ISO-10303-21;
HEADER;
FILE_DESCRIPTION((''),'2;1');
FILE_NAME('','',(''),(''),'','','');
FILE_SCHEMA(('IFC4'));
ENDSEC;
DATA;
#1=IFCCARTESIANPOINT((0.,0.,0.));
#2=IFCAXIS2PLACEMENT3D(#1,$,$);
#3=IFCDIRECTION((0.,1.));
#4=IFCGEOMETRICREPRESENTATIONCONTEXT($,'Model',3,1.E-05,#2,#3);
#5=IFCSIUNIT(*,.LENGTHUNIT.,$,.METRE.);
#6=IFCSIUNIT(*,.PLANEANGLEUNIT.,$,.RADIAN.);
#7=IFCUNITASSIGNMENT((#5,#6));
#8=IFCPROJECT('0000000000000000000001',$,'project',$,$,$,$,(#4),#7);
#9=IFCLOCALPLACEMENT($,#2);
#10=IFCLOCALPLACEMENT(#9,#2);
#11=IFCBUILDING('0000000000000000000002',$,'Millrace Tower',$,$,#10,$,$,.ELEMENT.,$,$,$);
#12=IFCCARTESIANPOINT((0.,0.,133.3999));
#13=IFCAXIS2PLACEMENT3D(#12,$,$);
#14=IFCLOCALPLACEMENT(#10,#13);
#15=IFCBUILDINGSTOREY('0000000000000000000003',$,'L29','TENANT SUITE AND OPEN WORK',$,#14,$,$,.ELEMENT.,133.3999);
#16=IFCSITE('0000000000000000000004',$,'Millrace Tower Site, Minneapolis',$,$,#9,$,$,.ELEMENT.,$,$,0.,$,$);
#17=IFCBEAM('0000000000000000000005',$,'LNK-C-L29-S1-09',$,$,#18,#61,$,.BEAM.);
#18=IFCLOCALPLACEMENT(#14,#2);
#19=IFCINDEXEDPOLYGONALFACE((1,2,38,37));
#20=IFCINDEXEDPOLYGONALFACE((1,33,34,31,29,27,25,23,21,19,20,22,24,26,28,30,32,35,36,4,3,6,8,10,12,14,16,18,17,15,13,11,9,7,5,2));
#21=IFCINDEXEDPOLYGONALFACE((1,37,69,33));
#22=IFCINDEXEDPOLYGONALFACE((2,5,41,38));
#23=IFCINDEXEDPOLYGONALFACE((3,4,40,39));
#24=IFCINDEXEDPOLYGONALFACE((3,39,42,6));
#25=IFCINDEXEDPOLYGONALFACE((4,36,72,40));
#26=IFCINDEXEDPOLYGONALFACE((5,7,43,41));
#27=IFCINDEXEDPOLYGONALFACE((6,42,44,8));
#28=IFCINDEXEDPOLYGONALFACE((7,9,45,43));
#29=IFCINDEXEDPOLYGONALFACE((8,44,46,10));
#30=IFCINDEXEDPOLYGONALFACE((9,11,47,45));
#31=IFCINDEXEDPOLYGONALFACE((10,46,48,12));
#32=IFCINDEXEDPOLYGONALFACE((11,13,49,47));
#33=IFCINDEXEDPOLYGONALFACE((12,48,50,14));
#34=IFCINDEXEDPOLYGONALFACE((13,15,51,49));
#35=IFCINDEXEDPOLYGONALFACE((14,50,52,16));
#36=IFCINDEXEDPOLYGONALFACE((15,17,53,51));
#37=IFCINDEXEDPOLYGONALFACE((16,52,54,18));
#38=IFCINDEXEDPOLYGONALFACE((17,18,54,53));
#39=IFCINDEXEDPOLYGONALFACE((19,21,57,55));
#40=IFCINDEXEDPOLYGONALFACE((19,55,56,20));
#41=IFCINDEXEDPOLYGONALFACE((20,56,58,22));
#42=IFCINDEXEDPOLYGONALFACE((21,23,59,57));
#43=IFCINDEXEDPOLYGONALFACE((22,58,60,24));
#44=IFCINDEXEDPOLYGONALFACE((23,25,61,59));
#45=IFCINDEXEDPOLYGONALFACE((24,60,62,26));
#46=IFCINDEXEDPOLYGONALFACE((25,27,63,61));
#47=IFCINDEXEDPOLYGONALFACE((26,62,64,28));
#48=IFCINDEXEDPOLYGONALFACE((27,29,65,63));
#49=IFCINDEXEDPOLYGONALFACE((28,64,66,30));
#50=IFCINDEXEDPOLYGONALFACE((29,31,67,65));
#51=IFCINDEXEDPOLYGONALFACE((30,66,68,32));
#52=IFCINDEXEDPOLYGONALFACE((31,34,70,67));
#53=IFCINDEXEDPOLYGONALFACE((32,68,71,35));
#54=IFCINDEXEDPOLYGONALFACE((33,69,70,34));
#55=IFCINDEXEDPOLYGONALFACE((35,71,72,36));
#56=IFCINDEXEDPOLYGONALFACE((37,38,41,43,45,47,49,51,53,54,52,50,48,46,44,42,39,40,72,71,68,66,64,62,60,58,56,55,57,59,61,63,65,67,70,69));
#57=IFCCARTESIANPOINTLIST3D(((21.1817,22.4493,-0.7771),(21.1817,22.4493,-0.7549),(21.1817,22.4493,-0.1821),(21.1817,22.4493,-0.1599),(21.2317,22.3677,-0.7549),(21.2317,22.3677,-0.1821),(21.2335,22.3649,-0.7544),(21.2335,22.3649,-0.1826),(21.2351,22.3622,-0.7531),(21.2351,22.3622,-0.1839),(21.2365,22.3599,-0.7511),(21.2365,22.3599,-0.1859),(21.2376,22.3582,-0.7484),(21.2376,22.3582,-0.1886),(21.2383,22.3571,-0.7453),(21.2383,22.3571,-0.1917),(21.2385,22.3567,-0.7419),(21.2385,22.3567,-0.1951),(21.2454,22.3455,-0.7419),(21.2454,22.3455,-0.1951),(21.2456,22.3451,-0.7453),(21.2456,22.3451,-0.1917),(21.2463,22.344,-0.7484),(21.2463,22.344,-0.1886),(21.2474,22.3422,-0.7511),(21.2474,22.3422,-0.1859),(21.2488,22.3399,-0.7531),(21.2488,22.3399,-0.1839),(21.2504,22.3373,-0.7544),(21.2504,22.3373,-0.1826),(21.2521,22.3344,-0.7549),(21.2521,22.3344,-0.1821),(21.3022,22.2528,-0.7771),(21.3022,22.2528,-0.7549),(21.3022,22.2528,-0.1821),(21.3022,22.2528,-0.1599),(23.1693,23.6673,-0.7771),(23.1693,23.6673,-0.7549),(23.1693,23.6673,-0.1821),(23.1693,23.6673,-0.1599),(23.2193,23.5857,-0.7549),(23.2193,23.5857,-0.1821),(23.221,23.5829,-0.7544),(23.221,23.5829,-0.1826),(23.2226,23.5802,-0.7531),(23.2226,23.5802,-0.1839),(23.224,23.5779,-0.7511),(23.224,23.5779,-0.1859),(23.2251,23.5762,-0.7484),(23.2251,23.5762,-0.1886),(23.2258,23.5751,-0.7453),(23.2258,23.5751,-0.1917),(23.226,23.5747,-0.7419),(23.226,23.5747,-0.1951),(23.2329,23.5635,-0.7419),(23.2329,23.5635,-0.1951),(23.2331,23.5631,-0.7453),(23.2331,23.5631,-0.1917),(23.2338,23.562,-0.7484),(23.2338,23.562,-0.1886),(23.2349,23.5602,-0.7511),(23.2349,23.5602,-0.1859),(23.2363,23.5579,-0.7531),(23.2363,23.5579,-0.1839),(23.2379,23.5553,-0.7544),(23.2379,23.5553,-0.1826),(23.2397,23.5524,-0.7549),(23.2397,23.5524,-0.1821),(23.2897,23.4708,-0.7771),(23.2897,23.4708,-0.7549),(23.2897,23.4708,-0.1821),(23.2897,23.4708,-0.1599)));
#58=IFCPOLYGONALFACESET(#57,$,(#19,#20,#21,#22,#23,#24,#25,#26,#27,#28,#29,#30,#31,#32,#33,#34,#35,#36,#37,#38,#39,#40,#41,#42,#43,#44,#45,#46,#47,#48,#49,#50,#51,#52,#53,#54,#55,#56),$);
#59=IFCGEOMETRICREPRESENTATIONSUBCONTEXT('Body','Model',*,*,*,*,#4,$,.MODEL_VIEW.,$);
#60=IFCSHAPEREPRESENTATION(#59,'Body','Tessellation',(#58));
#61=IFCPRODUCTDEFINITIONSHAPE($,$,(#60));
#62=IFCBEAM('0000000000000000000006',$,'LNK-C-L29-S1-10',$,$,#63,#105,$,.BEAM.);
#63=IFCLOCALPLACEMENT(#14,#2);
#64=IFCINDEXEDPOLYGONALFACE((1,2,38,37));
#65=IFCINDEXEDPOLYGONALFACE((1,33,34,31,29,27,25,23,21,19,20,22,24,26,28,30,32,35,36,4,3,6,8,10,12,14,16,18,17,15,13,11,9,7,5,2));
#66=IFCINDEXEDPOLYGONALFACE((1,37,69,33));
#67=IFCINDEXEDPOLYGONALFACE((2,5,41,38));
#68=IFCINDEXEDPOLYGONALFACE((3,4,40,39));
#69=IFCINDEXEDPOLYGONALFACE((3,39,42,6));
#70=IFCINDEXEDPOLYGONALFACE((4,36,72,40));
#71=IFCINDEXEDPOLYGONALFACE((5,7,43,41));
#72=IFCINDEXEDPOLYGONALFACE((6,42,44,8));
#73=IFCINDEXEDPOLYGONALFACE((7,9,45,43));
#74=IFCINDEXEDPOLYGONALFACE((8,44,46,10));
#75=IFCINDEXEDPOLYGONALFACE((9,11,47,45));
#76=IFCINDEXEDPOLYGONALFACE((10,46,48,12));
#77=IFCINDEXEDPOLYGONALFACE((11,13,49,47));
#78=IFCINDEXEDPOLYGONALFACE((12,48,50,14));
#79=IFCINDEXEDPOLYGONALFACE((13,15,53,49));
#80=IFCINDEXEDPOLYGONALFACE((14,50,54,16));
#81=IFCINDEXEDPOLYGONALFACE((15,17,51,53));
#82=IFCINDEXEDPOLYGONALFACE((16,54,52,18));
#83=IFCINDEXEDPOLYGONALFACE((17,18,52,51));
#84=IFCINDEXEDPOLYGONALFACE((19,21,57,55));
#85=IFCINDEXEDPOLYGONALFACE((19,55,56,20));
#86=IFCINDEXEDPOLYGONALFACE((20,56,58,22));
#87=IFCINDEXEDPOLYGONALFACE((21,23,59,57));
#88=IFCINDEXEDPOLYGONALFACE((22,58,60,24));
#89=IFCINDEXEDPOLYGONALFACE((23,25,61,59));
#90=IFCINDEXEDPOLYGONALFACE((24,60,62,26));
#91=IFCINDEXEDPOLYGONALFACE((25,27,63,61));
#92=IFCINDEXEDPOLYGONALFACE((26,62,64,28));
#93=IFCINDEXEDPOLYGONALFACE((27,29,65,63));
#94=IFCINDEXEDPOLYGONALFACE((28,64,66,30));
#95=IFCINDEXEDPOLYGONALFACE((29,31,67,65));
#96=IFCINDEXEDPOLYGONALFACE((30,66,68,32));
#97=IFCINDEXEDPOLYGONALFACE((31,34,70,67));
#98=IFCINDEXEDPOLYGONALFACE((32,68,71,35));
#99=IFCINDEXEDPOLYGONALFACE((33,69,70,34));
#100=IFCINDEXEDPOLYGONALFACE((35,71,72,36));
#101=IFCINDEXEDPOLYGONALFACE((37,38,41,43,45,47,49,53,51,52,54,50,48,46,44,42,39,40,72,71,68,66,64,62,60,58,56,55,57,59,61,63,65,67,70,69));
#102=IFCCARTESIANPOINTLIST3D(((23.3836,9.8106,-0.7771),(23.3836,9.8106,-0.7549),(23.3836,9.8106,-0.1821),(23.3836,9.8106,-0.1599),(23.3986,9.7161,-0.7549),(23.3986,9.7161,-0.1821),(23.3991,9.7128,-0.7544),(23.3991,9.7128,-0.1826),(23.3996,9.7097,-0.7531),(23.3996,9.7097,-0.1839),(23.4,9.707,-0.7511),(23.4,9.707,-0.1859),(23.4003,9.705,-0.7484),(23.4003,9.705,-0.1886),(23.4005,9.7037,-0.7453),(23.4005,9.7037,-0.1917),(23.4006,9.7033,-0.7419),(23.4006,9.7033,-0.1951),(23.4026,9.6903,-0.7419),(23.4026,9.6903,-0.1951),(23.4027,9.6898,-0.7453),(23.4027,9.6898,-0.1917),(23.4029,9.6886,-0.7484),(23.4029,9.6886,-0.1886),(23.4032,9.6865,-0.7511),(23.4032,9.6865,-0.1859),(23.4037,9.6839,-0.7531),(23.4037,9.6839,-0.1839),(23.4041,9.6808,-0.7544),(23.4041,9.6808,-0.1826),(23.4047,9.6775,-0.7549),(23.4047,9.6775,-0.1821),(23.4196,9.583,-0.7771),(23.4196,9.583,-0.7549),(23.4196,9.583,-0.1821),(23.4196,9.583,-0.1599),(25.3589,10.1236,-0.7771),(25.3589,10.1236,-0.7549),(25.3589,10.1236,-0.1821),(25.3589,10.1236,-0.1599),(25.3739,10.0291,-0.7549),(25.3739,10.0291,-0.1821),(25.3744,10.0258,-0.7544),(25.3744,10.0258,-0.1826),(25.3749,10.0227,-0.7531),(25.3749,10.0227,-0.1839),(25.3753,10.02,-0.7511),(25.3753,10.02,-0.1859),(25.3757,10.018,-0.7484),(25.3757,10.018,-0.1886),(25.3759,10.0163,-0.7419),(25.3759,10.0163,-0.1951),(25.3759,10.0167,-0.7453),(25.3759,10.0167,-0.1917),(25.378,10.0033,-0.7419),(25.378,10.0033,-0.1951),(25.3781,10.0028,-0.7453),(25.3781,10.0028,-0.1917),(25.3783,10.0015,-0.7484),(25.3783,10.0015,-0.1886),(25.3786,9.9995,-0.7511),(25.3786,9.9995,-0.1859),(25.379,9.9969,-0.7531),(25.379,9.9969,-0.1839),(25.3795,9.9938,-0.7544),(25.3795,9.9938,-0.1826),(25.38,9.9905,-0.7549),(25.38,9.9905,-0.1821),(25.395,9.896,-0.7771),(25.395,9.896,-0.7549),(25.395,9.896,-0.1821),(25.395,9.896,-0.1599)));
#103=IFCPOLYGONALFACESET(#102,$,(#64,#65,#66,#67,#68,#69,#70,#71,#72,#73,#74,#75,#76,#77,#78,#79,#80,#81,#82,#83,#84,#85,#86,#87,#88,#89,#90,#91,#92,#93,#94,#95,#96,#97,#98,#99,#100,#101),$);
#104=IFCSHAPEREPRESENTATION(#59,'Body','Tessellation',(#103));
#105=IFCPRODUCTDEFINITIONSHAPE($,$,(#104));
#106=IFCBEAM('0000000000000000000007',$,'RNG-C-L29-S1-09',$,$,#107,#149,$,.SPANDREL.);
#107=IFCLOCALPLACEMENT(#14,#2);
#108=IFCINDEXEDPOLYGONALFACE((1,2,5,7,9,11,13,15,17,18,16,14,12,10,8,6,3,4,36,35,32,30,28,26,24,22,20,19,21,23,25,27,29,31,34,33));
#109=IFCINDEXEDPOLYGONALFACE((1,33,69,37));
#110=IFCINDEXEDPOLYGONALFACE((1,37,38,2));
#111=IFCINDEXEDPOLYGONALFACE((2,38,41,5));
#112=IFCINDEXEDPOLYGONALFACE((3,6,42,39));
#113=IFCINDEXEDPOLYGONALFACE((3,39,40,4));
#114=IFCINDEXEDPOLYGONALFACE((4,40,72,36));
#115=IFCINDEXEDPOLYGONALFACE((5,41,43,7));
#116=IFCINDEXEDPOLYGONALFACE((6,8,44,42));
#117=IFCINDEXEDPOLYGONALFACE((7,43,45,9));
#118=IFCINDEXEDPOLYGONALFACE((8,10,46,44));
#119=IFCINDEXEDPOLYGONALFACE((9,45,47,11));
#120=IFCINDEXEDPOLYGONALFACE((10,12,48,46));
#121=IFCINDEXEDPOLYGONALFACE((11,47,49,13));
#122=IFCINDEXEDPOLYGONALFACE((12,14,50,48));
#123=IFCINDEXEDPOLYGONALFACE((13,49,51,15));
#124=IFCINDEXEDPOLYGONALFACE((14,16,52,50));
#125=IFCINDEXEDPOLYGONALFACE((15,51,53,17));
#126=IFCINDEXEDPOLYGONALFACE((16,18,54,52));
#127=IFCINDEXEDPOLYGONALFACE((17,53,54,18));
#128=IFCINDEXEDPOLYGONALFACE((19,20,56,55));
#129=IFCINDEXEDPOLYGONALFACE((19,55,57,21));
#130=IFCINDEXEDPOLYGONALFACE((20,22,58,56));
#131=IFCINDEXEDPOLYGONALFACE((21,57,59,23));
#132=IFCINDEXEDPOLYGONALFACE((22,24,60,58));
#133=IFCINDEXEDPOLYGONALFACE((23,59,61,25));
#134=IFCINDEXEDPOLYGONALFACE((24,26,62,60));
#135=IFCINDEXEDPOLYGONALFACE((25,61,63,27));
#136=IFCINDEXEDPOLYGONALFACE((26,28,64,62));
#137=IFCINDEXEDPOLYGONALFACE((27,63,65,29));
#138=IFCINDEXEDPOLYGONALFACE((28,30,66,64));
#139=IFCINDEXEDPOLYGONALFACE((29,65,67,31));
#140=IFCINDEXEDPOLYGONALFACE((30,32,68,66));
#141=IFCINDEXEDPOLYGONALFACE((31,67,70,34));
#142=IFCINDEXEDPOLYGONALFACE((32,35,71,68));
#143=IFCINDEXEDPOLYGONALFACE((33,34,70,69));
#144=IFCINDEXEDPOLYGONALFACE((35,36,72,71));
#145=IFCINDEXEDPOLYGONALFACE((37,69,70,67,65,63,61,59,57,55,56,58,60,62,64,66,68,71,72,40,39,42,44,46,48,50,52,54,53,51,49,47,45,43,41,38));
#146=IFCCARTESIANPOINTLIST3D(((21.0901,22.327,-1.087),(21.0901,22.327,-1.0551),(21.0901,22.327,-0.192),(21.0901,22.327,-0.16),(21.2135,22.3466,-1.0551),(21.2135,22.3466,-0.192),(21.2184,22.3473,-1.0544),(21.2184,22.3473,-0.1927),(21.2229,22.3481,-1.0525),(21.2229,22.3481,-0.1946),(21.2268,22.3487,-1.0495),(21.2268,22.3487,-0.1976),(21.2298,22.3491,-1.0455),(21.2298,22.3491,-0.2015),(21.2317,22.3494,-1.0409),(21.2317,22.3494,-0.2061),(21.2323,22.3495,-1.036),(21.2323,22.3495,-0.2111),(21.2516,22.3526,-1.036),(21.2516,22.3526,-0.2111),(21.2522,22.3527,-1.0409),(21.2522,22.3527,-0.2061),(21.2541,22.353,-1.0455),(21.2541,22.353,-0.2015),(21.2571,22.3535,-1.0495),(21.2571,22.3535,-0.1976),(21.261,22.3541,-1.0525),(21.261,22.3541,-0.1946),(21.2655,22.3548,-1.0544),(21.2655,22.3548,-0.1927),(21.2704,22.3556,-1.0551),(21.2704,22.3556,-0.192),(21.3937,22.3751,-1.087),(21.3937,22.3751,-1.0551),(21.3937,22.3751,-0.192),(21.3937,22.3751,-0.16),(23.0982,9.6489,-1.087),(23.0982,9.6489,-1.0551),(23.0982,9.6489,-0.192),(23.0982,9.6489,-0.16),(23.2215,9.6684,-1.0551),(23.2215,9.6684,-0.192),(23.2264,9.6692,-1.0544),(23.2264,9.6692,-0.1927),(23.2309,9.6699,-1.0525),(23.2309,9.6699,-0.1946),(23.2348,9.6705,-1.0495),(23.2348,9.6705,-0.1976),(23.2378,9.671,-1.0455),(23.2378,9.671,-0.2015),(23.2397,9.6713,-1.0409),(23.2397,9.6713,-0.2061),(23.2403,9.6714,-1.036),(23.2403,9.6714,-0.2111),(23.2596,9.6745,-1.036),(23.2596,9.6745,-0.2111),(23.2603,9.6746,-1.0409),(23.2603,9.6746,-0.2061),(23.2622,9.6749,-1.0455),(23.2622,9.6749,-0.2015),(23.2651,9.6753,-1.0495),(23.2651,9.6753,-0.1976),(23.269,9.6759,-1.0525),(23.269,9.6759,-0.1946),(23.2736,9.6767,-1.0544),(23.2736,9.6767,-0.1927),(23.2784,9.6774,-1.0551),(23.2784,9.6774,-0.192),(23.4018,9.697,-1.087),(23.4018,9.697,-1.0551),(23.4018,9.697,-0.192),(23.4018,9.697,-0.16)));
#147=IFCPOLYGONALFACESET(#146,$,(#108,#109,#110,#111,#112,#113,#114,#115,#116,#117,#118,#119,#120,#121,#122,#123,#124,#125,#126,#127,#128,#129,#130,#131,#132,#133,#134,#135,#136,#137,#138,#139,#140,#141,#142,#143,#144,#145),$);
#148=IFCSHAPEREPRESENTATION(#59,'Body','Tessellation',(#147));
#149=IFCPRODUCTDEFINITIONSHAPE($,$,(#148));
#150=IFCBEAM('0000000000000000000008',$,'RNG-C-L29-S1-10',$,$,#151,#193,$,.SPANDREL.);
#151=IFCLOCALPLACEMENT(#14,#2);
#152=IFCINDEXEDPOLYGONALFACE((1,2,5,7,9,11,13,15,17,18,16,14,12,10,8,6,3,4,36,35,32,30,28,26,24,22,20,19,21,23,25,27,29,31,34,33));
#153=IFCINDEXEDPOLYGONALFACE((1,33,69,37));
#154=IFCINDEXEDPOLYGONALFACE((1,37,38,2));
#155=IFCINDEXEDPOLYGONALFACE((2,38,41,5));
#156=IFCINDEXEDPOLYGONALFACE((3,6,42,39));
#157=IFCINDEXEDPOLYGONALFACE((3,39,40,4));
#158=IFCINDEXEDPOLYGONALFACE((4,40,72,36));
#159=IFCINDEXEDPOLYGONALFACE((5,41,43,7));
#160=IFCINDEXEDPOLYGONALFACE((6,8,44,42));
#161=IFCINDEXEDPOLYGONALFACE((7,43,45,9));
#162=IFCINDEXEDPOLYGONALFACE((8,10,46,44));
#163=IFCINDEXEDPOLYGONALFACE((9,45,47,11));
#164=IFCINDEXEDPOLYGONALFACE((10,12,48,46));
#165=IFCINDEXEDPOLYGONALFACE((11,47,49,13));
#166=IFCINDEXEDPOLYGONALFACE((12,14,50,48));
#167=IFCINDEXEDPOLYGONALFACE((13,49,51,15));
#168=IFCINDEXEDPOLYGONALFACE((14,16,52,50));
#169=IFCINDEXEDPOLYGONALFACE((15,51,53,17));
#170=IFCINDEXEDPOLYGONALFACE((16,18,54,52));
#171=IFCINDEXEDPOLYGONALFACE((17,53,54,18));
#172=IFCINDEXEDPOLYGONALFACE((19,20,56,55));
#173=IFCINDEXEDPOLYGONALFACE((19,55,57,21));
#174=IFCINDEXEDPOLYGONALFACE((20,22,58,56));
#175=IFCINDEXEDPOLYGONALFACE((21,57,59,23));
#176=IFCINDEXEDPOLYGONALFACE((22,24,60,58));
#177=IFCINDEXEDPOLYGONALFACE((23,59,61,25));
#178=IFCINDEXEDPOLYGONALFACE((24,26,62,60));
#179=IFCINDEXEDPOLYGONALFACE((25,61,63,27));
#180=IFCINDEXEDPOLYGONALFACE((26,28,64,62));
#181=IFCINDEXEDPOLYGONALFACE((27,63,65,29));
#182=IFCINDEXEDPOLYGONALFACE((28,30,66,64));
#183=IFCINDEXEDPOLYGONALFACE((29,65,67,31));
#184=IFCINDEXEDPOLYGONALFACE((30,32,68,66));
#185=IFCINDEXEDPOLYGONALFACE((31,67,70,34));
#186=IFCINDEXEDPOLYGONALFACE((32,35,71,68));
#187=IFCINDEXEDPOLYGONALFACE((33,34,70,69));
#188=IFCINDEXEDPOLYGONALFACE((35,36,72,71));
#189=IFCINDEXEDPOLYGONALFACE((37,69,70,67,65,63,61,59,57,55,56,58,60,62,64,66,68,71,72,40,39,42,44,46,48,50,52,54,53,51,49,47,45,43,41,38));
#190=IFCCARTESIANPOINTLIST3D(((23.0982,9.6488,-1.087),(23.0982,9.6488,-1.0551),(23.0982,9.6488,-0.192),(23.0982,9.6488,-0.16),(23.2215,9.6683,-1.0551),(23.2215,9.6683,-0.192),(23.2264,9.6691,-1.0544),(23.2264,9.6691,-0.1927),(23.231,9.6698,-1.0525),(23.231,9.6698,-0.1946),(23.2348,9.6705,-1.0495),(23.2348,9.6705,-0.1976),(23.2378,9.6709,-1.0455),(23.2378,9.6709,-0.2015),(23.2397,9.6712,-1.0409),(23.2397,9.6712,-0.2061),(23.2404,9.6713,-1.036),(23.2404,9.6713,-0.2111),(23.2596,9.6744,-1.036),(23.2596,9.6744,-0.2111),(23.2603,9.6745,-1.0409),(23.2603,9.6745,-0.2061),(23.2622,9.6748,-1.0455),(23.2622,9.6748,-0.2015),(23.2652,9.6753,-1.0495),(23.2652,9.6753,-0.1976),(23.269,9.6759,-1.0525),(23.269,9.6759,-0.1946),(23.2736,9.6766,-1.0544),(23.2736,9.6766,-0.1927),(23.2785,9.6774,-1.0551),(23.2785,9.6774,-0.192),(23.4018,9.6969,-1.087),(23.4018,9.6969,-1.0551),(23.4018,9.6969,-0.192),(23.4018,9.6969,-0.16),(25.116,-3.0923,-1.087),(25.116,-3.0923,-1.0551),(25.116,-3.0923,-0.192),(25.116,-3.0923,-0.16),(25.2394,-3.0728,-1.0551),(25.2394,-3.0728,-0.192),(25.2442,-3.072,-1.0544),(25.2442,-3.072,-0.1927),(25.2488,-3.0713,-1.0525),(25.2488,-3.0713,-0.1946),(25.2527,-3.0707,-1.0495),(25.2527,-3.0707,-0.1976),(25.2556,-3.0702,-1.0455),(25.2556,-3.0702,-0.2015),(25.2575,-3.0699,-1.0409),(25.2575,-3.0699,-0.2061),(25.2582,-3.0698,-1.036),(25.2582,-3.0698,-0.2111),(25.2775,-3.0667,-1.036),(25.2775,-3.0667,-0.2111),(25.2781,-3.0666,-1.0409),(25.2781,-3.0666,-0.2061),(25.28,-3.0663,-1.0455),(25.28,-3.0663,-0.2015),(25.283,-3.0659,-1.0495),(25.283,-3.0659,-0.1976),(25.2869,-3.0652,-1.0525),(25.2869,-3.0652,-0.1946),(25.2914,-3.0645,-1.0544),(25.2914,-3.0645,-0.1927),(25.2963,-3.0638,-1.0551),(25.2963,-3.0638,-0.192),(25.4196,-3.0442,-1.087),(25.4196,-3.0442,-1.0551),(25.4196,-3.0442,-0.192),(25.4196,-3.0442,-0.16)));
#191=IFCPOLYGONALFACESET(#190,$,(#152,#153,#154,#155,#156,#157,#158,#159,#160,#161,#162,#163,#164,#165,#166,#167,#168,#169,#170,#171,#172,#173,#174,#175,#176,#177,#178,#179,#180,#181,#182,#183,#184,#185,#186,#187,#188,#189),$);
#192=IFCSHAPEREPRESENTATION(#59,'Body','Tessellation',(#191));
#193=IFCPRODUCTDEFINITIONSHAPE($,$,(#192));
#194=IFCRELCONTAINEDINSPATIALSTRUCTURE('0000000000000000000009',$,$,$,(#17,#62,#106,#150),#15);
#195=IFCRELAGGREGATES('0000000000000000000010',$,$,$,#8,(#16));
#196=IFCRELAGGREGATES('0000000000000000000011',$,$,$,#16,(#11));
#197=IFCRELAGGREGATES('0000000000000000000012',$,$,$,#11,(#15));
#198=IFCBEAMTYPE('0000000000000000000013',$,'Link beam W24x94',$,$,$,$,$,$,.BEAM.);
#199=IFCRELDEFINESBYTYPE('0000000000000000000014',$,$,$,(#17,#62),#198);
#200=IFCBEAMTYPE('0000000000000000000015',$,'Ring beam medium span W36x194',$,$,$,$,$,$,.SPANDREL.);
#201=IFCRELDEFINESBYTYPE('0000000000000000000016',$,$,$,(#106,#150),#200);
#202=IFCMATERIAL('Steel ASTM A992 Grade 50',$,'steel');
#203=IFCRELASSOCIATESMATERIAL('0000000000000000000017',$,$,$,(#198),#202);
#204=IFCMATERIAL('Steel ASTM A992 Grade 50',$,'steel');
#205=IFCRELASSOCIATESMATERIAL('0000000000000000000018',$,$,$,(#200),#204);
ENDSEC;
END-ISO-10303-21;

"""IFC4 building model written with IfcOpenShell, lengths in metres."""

from ifc_helpers import new_model, si_unit, direction, frame, origin, origin_2d, place, context, subcontext, project, spatial, i_section, extrude, material, material_profile, profile_set, type_object, element, save


model = new_model("IFC4")

# Units and contexts
model_context = context("Model", 3, precision=1e-05, world=origin(), true_north=direction((0.0, 1.0)))
body_context = subcontext(model_context, "Body", "Model", "MODEL_VIEW")
ifc_project = project(units=[si_unit("LENGTHUNIT", "METRE"), si_unit("PLANEANGLEUNIT", "RADIAN")], contexts=[model_context])

# Site, building, storey
site_placement = place(None, origin())
site = spatial("IfcSite", under=ifc_project, at=site_placement, Name="Millrace Tower Site, Minneapolis", CompositionType="ELEMENT", RefElevation=0.0)
building_placement = place(site_placement, origin())
building = spatial("IfcBuilding", under=site, at=building_placement, Name="Millrace Tower", CompositionType="ELEMENT")
storey_placement = place(building_placement, frame((0.0, 0.0, 133.3999)))
storey = spatial("IfcBuildingStorey", under=building, at=storey_placement, Name="L29", Description="TENANT SUITE AND OPEN WORK", CompositionType="ELEMENT", Elevation=133.3999)

# Beams
ifc_material_1 = material(Name="Steel ASTM A992 Grade 50", Category="steel")
ifc_material_profile_1 = material_profile(ifc_material_1, i_section(OverallWidth=0.2305, OverallDepth=0.6172, WebThickness=0.0132, FlangeThickness=0.0222, FilletRadius=0.0129, at=origin_2d()))
ifc_profile_set_1 = profile_set([ifc_material_profile_1], Name="Steel ASTM A992 Grade 50")
beam_type_1 = type_object("IfcBeamType", Name="Link beam W24x94", PredefinedType="BEAM", material=ifc_profile_set_1)
beam_1_placement = place(storey_placement, frame((21.2419, 22.3511, -0.4685), z_axis=(0.852631, 0.522513, 0.0), x_axis=(-0.522513, 0.852631, 0.0)))
element("IfcBeam", 1, at=beam_1_placement, inside=storey, type_object=beam_type_1, Name="LNK-C-L29-S1-09", PredefinedType="BEAM", context=body_context, shape_type="SweptSolid", body=[
    extrude(i_section(OverallWidth=0.2305, OverallDepth=0.6172, WebThickness=0.0132, FlangeThickness=0.0222, FilletRadius=0.0129, at=origin_2d()), origin(), (0.0, 0.0, 1.0), 2.3311),
])
beam_2_placement = place(storey_placement, frame((23.4016, 9.6968, -0.4685), z_axis=(0.987679, 0.156495, 0.0), x_axis=(-0.156495, 0.987679, 0.0)))
element("IfcBeam", 2, at=beam_2_placement, inside=storey, type_object=beam_type_1, Name="LNK-C-L29-S1-10", PredefinedType="BEAM", context=body_context, shape_type="SweptSolid", body=[
    extrude(i_section(OverallWidth=0.2305, OverallDepth=0.6172, WebThickness=0.0132, FlangeThickness=0.0222, FilletRadius=0.0129, at=origin_2d()), origin(), (0.0, 0.0, 1.0), 2.0),
])
ifc_material_2 = material(Name="Steel ASTM A992 Grade 50", Category="steel")
ifc_material_profile_2 = material_profile(ifc_material_2, i_section(OverallWidth=0.3074, OverallDepth=0.927, WebThickness=0.0195, FlangeThickness=0.032, FilletRadius=0.019, at=origin_2d()))
ifc_profile_set_2 = profile_set([ifc_material_profile_2], Name="Steel ASTM A992 Grade 50")
beam_type_2 = type_object("IfcBeamType", Name="Ring beam medium span W36x194", PredefinedType="SPANDREL", material=ifc_profile_set_2)
beam_3_placement = place(storey_placement, frame((21.2419, 22.3511, -0.6235), z_axis=(0.156436, -0.987688, 0.0), x_axis=(0.987688, 0.156436, 0.0)))
element("IfcBeam", 3, at=beam_3_placement, inside=storey, type_object=beam_type_2, Name="RNG-C-L29-S1-09", PredefinedType="SPANDREL", context=body_context, shape_type="SweptSolid", body=[
    extrude(i_section(OverallWidth=0.3074, OverallDepth=0.927, WebThickness=0.0195, FlangeThickness=0.032, FilletRadius=0.019, at=origin_2d()), origin(), (0.0, 0.0, 1.0), 12.8362),
])
beam_4_placement = place(storey_placement, frame((23.25, 9.6729, -0.6235), z_axis=(0.15642, -0.987691, 0.0), x_axis=(0.987691, 0.15642, 0.0)))
element("IfcBeam", 4, at=beam_4_placement, inside=storey, type_object=beam_type_2, Name="RNG-C-L29-S1-10", PredefinedType="SPANDREL", context=body_context, shape_type="SweptSolid", body=[
    extrude(i_section(OverallWidth=0.3074, OverallDepth=0.927, WebThickness=0.0195, FlangeThickness=0.032, FilletRadius=0.019, at=origin_2d()), origin(), (0.0, 0.0, 1.0), 12.8999),
])

save(model, "model.ifc")
